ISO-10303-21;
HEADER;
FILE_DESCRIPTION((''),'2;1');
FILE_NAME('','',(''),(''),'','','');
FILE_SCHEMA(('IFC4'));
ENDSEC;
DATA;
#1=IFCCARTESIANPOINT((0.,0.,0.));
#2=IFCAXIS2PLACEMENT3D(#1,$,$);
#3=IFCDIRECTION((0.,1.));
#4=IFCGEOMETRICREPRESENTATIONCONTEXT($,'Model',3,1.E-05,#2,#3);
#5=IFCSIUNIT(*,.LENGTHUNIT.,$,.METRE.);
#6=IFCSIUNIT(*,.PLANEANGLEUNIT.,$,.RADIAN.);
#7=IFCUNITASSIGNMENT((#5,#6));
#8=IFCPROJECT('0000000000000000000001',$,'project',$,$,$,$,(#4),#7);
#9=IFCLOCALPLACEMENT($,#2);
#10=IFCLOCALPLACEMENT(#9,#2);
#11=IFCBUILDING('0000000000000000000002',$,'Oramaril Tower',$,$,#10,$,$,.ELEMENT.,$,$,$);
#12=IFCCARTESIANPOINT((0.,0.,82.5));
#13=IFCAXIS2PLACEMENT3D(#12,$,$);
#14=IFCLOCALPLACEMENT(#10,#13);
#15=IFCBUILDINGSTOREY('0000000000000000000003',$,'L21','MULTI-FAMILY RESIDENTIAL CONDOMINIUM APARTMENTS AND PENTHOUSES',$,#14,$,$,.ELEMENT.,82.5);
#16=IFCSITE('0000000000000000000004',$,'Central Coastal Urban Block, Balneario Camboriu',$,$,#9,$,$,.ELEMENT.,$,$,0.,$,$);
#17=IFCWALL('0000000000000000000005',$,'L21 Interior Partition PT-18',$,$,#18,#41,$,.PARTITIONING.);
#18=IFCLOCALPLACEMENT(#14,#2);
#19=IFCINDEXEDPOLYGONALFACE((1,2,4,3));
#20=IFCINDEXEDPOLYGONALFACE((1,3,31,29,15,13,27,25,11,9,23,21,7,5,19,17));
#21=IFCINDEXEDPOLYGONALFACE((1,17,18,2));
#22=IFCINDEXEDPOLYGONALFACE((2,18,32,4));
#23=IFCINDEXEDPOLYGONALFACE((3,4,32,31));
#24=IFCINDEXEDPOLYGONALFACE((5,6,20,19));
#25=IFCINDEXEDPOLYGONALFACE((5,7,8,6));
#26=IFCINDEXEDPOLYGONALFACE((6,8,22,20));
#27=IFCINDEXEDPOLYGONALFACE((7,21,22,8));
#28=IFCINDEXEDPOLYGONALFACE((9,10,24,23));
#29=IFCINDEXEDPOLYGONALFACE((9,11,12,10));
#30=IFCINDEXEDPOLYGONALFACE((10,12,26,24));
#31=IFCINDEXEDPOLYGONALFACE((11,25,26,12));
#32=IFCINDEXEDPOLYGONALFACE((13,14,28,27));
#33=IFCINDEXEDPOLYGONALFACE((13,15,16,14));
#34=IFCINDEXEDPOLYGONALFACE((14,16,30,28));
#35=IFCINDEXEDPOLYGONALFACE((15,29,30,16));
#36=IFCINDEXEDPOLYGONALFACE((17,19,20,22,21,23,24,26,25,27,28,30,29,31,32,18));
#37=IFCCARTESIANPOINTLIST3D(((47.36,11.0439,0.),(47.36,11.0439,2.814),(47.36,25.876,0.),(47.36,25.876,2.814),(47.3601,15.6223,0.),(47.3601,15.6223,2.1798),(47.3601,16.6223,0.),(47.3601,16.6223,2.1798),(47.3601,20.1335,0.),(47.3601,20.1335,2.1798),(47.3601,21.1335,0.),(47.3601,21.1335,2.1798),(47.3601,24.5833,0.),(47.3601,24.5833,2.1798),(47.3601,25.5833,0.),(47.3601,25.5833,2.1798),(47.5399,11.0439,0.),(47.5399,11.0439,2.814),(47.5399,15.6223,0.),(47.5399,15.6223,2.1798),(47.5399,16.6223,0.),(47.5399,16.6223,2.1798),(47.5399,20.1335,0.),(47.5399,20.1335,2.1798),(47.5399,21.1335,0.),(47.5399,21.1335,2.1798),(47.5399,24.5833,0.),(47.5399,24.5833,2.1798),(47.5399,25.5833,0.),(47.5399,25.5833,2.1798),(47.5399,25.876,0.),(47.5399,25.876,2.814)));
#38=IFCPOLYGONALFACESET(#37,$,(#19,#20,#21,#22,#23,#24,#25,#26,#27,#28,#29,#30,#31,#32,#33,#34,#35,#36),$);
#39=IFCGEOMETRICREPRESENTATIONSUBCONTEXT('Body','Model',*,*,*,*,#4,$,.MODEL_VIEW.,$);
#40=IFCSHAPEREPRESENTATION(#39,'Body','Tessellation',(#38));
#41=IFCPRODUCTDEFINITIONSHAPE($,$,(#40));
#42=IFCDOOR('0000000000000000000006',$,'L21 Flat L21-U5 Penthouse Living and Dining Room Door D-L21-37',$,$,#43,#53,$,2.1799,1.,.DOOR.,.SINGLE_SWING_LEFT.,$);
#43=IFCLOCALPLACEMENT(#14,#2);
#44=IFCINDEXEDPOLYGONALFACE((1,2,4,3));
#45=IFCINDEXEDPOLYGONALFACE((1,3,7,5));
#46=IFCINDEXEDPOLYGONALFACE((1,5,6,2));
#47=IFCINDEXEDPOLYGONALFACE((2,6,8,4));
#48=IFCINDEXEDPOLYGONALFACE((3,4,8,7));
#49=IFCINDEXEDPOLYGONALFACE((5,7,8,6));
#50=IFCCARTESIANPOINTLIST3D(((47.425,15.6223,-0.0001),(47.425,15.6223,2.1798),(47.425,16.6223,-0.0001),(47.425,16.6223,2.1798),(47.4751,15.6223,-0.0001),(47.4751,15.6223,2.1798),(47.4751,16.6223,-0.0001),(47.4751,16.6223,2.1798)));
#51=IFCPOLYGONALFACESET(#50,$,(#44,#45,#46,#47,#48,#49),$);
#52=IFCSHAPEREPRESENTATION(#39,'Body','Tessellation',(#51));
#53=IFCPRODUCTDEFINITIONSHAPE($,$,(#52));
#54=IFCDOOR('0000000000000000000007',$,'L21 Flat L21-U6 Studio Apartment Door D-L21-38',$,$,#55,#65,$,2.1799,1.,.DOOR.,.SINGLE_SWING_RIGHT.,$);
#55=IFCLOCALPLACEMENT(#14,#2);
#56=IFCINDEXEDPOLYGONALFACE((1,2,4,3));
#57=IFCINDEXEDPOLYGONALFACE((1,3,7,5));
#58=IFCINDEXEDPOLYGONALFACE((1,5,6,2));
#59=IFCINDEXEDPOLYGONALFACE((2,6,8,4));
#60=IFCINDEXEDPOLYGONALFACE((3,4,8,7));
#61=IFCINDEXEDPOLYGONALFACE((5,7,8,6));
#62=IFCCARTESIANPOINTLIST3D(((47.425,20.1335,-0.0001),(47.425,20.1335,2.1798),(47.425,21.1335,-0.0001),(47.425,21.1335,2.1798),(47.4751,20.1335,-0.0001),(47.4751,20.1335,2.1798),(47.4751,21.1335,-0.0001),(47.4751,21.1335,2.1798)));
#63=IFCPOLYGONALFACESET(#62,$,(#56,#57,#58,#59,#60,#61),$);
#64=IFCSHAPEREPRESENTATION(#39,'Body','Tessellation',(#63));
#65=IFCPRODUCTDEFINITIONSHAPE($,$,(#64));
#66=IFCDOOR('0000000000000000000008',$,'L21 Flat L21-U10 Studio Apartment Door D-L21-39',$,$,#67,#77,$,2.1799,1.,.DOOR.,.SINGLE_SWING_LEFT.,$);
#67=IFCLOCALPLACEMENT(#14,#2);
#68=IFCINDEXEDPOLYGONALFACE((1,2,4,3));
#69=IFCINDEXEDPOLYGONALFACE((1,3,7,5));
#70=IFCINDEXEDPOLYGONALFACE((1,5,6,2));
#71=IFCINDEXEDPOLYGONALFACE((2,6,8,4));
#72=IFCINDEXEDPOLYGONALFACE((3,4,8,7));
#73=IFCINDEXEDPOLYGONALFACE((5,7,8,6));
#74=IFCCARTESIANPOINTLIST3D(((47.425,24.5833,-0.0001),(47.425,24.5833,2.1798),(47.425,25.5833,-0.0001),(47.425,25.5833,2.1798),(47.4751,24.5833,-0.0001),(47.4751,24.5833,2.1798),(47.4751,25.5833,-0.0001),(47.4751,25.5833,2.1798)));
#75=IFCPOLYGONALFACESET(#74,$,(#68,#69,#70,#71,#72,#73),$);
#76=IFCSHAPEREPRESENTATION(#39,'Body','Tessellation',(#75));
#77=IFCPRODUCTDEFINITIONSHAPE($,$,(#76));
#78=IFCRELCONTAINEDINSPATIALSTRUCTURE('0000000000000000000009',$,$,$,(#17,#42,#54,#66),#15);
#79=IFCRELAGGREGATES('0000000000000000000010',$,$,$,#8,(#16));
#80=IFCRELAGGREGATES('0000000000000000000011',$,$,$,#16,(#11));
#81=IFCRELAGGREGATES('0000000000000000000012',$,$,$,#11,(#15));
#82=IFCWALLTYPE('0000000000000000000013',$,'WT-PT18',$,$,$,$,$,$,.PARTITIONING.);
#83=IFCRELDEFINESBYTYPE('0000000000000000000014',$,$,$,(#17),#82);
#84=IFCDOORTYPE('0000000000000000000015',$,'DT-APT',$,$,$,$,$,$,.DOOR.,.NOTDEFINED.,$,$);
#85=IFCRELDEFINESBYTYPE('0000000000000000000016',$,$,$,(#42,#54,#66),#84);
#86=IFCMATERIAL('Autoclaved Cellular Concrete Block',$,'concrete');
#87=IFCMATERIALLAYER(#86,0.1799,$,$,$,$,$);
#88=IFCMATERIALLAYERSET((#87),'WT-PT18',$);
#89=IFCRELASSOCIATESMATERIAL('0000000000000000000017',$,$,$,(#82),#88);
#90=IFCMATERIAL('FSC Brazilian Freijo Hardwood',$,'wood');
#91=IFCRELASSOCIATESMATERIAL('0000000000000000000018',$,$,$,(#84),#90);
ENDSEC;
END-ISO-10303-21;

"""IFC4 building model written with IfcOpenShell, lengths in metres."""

from ifc_helpers import new_model, si_unit, direction, frame, frame_2d, origin, place, context, subcontext, project, spatial, rectangle, extrude, material, layer, layer_set, type_object, element, fill, save


model = new_model("IFC4")

# Units and contexts
model_context = context("Model", 3, precision=1e-05, world=origin(), true_north=direction((0.0, 1.0)))
body_context = subcontext(model_context, "Body", "Model", "MODEL_VIEW")
ifc_project = project(units=[si_unit("LENGTHUNIT", "METRE"), si_unit("PLANEANGLEUNIT", "RADIAN")], contexts=[model_context])

# Site, building, storey
site_placement = place(None, origin())
site = spatial("IfcSite", under=ifc_project, at=site_placement, Name="Central Coastal Urban Block, Balneario Camboriu", CompositionType="ELEMENT", RefElevation=0.0)
building_placement = place(site_placement, origin())
building = spatial("IfcBuilding", under=site, at=building_placement, Name="Oramaril Tower", CompositionType="ELEMENT")
storey_placement = place(building_placement, frame((0.0, 0.0, 82.5)))
storey = spatial("IfcBuildingStorey", under=building, at=storey_placement, Name="L21", Description="MULTI-FAMILY RESIDENTIAL CONDOMINIUM APARTMENTS AND PENTHOUSES", CompositionType="ELEMENT", Elevation=82.5)

# Shared definitions
ifc_material_1 = material(Name="Autoclaved Cellular Concrete Block", Category="concrete")
ifc_layer_1 = layer(ifc_material_1, 0.1799)
ifc_layer_set_1 = layer_set([ifc_layer_1], Name="WT-PT18")
wall_type_1 = type_object("IfcWallType", Name="WT-PT18", PredefinedType="PARTITIONING", material=ifc_layer_set_1)

# Wall, openings, doors
wall_1_placement = place(storey_placement, frame((47.45, 11.0439, 0.0), z_axis=(0.0, 0.0, 1.0), x_axis=(0.0, 1.0, 0.0)))
wall_1 = element("IfcWall", 1, at=wall_1_placement, inside=storey, type_object=wall_type_1, Name="L21 Interior Partition PT-18", PredefinedType="PARTITIONING", context=body_context, shape_type="SweptSolid", body=[
    extrude(rectangle(XDim=14.832, YDim=0.1799, at=frame_2d((7.416, 0.0))), origin(), (0.0, 0.0, 1.0), 2.814),
])
opening_1_placement = place(wall_1_placement, frame((4.5784, 0.0, 0.0)))
opening_1 = element("IfcOpeningElement", 2, at=opening_1_placement, cuts=wall_1, PredefinedType="OPENING", context=body_context, shape_type="SweptSolid", body=[
    extrude(rectangle(XDim=1.0, YDim=2.1799, at=frame_2d((0.5, 1.0898))), frame((0.0, 0.0898, 0.0), z_axis=(0.0, -1.0, 0.0), x_axis=(1.0, 0.0, 0.0)), (0.0, 0.0, 1.0), 0.1799),
])
opening_2_placement = place(wall_1_placement, frame((9.0896, 0.0, 0.0)))
opening_2 = element("IfcOpeningElement", 3, at=opening_2_placement, cuts=wall_1, PredefinedType="OPENING", context=body_context, shape_type="SweptSolid", body=[
    extrude(rectangle(XDim=1.0, YDim=2.1799, at=frame_2d((0.5, 1.0898))), frame((0.0, 0.0898, 0.0), z_axis=(0.0, -1.0, 0.0), x_axis=(1.0, 0.0, 0.0)), (0.0, 0.0, 1.0), 0.1799),
])
opening_3_placement = place(wall_1_placement, frame((13.5393, 0.0, 0.0)))
opening_3 = element("IfcOpeningElement", 4, at=opening_3_placement, cuts=wall_1, PredefinedType="OPENING", context=body_context, shape_type="SweptSolid", body=[
    extrude(rectangle(XDim=1.0, YDim=2.1799, at=frame_2d((0.5, 1.0898))), frame((0.0, 0.0898, 0.0), z_axis=(0.0, -1.0, 0.0), x_axis=(1.0, 0.0, 0.0)), (0.0, 0.0, 1.0), 0.1799),
])
ifc_material_2 = material(Name="FSC Brazilian Freijo Hardwood", Category="wood")
door_type_1 = type_object("IfcDoorType", Name="DT-APT", OperationType="NOTDEFINED", PredefinedType="DOOR", material=ifc_material_2)
door_1_placement = place(opening_1_placement, origin())
door_1 = element("IfcDoor", 5, at=door_1_placement, inside=storey, type_object=door_type_1, Name="L21 Flat L21-U5 Penthouse Living and Dining Room Door D-L21-37", OperationType="SINGLE_SWING_LEFT", OverallHeight=2.1799, OverallWidth=1.0, PredefinedType="DOOR", context=body_context, shape_type="SweptSolid", body=[
    extrude(rectangle(XDim=1.0, YDim=2.1799, at=frame_2d((0.5, 1.0898))), frame((0.0, 0.0249, 0.0), z_axis=(0.0, -1.0, 0.0), x_axis=(1.0, 0.0, 0.0)), (0.0, 0.0, 1.0), 0.05),
])
fill(opening_1, door_1)
door_2_placement = place(opening_2_placement, origin())
door_2 = element("IfcDoor", 6, at=door_2_placement, inside=storey, type_object=door_type_1, Name="L21 Flat L21-U6 Studio Apartment Door D-L21-38", OperationType="SINGLE_SWING_RIGHT", OverallHeight=2.1799, OverallWidth=1.0, PredefinedType="DOOR", context=body_context, shape_type="SweptSolid", body=[
    extrude(rectangle(XDim=1.0, YDim=2.1799, at=frame_2d((0.5, 1.0898))), frame((0.0, 0.0249, 0.0), z_axis=(0.0, -1.0, 0.0), x_axis=(1.0, 0.0, 0.0)), (0.0, 0.0, 1.0), 0.05),
])
fill(opening_2, door_2)
door_3_placement = place(opening_3_placement, origin())
door_3 = element("IfcDoor", 7, at=door_3_placement, inside=storey, type_object=door_type_1, Name="L21 Flat L21-U10 Studio Apartment Door D-L21-39", OperationType="SINGLE_SWING_LEFT", OverallHeight=2.1799, OverallWidth=1.0, PredefinedType="DOOR", context=body_context, shape_type="SweptSolid", body=[
    extrude(rectangle(XDim=1.0, YDim=2.1799, at=frame_2d((0.5, 1.0898))), frame((0.0, 0.0249, 0.0), z_axis=(0.0, -1.0, 0.0), x_axis=(1.0, 0.0, 0.0)), (0.0, 0.0, 1.0), 0.05),
])
fill(opening_3, door_3)

save(model, "model.ifc")
